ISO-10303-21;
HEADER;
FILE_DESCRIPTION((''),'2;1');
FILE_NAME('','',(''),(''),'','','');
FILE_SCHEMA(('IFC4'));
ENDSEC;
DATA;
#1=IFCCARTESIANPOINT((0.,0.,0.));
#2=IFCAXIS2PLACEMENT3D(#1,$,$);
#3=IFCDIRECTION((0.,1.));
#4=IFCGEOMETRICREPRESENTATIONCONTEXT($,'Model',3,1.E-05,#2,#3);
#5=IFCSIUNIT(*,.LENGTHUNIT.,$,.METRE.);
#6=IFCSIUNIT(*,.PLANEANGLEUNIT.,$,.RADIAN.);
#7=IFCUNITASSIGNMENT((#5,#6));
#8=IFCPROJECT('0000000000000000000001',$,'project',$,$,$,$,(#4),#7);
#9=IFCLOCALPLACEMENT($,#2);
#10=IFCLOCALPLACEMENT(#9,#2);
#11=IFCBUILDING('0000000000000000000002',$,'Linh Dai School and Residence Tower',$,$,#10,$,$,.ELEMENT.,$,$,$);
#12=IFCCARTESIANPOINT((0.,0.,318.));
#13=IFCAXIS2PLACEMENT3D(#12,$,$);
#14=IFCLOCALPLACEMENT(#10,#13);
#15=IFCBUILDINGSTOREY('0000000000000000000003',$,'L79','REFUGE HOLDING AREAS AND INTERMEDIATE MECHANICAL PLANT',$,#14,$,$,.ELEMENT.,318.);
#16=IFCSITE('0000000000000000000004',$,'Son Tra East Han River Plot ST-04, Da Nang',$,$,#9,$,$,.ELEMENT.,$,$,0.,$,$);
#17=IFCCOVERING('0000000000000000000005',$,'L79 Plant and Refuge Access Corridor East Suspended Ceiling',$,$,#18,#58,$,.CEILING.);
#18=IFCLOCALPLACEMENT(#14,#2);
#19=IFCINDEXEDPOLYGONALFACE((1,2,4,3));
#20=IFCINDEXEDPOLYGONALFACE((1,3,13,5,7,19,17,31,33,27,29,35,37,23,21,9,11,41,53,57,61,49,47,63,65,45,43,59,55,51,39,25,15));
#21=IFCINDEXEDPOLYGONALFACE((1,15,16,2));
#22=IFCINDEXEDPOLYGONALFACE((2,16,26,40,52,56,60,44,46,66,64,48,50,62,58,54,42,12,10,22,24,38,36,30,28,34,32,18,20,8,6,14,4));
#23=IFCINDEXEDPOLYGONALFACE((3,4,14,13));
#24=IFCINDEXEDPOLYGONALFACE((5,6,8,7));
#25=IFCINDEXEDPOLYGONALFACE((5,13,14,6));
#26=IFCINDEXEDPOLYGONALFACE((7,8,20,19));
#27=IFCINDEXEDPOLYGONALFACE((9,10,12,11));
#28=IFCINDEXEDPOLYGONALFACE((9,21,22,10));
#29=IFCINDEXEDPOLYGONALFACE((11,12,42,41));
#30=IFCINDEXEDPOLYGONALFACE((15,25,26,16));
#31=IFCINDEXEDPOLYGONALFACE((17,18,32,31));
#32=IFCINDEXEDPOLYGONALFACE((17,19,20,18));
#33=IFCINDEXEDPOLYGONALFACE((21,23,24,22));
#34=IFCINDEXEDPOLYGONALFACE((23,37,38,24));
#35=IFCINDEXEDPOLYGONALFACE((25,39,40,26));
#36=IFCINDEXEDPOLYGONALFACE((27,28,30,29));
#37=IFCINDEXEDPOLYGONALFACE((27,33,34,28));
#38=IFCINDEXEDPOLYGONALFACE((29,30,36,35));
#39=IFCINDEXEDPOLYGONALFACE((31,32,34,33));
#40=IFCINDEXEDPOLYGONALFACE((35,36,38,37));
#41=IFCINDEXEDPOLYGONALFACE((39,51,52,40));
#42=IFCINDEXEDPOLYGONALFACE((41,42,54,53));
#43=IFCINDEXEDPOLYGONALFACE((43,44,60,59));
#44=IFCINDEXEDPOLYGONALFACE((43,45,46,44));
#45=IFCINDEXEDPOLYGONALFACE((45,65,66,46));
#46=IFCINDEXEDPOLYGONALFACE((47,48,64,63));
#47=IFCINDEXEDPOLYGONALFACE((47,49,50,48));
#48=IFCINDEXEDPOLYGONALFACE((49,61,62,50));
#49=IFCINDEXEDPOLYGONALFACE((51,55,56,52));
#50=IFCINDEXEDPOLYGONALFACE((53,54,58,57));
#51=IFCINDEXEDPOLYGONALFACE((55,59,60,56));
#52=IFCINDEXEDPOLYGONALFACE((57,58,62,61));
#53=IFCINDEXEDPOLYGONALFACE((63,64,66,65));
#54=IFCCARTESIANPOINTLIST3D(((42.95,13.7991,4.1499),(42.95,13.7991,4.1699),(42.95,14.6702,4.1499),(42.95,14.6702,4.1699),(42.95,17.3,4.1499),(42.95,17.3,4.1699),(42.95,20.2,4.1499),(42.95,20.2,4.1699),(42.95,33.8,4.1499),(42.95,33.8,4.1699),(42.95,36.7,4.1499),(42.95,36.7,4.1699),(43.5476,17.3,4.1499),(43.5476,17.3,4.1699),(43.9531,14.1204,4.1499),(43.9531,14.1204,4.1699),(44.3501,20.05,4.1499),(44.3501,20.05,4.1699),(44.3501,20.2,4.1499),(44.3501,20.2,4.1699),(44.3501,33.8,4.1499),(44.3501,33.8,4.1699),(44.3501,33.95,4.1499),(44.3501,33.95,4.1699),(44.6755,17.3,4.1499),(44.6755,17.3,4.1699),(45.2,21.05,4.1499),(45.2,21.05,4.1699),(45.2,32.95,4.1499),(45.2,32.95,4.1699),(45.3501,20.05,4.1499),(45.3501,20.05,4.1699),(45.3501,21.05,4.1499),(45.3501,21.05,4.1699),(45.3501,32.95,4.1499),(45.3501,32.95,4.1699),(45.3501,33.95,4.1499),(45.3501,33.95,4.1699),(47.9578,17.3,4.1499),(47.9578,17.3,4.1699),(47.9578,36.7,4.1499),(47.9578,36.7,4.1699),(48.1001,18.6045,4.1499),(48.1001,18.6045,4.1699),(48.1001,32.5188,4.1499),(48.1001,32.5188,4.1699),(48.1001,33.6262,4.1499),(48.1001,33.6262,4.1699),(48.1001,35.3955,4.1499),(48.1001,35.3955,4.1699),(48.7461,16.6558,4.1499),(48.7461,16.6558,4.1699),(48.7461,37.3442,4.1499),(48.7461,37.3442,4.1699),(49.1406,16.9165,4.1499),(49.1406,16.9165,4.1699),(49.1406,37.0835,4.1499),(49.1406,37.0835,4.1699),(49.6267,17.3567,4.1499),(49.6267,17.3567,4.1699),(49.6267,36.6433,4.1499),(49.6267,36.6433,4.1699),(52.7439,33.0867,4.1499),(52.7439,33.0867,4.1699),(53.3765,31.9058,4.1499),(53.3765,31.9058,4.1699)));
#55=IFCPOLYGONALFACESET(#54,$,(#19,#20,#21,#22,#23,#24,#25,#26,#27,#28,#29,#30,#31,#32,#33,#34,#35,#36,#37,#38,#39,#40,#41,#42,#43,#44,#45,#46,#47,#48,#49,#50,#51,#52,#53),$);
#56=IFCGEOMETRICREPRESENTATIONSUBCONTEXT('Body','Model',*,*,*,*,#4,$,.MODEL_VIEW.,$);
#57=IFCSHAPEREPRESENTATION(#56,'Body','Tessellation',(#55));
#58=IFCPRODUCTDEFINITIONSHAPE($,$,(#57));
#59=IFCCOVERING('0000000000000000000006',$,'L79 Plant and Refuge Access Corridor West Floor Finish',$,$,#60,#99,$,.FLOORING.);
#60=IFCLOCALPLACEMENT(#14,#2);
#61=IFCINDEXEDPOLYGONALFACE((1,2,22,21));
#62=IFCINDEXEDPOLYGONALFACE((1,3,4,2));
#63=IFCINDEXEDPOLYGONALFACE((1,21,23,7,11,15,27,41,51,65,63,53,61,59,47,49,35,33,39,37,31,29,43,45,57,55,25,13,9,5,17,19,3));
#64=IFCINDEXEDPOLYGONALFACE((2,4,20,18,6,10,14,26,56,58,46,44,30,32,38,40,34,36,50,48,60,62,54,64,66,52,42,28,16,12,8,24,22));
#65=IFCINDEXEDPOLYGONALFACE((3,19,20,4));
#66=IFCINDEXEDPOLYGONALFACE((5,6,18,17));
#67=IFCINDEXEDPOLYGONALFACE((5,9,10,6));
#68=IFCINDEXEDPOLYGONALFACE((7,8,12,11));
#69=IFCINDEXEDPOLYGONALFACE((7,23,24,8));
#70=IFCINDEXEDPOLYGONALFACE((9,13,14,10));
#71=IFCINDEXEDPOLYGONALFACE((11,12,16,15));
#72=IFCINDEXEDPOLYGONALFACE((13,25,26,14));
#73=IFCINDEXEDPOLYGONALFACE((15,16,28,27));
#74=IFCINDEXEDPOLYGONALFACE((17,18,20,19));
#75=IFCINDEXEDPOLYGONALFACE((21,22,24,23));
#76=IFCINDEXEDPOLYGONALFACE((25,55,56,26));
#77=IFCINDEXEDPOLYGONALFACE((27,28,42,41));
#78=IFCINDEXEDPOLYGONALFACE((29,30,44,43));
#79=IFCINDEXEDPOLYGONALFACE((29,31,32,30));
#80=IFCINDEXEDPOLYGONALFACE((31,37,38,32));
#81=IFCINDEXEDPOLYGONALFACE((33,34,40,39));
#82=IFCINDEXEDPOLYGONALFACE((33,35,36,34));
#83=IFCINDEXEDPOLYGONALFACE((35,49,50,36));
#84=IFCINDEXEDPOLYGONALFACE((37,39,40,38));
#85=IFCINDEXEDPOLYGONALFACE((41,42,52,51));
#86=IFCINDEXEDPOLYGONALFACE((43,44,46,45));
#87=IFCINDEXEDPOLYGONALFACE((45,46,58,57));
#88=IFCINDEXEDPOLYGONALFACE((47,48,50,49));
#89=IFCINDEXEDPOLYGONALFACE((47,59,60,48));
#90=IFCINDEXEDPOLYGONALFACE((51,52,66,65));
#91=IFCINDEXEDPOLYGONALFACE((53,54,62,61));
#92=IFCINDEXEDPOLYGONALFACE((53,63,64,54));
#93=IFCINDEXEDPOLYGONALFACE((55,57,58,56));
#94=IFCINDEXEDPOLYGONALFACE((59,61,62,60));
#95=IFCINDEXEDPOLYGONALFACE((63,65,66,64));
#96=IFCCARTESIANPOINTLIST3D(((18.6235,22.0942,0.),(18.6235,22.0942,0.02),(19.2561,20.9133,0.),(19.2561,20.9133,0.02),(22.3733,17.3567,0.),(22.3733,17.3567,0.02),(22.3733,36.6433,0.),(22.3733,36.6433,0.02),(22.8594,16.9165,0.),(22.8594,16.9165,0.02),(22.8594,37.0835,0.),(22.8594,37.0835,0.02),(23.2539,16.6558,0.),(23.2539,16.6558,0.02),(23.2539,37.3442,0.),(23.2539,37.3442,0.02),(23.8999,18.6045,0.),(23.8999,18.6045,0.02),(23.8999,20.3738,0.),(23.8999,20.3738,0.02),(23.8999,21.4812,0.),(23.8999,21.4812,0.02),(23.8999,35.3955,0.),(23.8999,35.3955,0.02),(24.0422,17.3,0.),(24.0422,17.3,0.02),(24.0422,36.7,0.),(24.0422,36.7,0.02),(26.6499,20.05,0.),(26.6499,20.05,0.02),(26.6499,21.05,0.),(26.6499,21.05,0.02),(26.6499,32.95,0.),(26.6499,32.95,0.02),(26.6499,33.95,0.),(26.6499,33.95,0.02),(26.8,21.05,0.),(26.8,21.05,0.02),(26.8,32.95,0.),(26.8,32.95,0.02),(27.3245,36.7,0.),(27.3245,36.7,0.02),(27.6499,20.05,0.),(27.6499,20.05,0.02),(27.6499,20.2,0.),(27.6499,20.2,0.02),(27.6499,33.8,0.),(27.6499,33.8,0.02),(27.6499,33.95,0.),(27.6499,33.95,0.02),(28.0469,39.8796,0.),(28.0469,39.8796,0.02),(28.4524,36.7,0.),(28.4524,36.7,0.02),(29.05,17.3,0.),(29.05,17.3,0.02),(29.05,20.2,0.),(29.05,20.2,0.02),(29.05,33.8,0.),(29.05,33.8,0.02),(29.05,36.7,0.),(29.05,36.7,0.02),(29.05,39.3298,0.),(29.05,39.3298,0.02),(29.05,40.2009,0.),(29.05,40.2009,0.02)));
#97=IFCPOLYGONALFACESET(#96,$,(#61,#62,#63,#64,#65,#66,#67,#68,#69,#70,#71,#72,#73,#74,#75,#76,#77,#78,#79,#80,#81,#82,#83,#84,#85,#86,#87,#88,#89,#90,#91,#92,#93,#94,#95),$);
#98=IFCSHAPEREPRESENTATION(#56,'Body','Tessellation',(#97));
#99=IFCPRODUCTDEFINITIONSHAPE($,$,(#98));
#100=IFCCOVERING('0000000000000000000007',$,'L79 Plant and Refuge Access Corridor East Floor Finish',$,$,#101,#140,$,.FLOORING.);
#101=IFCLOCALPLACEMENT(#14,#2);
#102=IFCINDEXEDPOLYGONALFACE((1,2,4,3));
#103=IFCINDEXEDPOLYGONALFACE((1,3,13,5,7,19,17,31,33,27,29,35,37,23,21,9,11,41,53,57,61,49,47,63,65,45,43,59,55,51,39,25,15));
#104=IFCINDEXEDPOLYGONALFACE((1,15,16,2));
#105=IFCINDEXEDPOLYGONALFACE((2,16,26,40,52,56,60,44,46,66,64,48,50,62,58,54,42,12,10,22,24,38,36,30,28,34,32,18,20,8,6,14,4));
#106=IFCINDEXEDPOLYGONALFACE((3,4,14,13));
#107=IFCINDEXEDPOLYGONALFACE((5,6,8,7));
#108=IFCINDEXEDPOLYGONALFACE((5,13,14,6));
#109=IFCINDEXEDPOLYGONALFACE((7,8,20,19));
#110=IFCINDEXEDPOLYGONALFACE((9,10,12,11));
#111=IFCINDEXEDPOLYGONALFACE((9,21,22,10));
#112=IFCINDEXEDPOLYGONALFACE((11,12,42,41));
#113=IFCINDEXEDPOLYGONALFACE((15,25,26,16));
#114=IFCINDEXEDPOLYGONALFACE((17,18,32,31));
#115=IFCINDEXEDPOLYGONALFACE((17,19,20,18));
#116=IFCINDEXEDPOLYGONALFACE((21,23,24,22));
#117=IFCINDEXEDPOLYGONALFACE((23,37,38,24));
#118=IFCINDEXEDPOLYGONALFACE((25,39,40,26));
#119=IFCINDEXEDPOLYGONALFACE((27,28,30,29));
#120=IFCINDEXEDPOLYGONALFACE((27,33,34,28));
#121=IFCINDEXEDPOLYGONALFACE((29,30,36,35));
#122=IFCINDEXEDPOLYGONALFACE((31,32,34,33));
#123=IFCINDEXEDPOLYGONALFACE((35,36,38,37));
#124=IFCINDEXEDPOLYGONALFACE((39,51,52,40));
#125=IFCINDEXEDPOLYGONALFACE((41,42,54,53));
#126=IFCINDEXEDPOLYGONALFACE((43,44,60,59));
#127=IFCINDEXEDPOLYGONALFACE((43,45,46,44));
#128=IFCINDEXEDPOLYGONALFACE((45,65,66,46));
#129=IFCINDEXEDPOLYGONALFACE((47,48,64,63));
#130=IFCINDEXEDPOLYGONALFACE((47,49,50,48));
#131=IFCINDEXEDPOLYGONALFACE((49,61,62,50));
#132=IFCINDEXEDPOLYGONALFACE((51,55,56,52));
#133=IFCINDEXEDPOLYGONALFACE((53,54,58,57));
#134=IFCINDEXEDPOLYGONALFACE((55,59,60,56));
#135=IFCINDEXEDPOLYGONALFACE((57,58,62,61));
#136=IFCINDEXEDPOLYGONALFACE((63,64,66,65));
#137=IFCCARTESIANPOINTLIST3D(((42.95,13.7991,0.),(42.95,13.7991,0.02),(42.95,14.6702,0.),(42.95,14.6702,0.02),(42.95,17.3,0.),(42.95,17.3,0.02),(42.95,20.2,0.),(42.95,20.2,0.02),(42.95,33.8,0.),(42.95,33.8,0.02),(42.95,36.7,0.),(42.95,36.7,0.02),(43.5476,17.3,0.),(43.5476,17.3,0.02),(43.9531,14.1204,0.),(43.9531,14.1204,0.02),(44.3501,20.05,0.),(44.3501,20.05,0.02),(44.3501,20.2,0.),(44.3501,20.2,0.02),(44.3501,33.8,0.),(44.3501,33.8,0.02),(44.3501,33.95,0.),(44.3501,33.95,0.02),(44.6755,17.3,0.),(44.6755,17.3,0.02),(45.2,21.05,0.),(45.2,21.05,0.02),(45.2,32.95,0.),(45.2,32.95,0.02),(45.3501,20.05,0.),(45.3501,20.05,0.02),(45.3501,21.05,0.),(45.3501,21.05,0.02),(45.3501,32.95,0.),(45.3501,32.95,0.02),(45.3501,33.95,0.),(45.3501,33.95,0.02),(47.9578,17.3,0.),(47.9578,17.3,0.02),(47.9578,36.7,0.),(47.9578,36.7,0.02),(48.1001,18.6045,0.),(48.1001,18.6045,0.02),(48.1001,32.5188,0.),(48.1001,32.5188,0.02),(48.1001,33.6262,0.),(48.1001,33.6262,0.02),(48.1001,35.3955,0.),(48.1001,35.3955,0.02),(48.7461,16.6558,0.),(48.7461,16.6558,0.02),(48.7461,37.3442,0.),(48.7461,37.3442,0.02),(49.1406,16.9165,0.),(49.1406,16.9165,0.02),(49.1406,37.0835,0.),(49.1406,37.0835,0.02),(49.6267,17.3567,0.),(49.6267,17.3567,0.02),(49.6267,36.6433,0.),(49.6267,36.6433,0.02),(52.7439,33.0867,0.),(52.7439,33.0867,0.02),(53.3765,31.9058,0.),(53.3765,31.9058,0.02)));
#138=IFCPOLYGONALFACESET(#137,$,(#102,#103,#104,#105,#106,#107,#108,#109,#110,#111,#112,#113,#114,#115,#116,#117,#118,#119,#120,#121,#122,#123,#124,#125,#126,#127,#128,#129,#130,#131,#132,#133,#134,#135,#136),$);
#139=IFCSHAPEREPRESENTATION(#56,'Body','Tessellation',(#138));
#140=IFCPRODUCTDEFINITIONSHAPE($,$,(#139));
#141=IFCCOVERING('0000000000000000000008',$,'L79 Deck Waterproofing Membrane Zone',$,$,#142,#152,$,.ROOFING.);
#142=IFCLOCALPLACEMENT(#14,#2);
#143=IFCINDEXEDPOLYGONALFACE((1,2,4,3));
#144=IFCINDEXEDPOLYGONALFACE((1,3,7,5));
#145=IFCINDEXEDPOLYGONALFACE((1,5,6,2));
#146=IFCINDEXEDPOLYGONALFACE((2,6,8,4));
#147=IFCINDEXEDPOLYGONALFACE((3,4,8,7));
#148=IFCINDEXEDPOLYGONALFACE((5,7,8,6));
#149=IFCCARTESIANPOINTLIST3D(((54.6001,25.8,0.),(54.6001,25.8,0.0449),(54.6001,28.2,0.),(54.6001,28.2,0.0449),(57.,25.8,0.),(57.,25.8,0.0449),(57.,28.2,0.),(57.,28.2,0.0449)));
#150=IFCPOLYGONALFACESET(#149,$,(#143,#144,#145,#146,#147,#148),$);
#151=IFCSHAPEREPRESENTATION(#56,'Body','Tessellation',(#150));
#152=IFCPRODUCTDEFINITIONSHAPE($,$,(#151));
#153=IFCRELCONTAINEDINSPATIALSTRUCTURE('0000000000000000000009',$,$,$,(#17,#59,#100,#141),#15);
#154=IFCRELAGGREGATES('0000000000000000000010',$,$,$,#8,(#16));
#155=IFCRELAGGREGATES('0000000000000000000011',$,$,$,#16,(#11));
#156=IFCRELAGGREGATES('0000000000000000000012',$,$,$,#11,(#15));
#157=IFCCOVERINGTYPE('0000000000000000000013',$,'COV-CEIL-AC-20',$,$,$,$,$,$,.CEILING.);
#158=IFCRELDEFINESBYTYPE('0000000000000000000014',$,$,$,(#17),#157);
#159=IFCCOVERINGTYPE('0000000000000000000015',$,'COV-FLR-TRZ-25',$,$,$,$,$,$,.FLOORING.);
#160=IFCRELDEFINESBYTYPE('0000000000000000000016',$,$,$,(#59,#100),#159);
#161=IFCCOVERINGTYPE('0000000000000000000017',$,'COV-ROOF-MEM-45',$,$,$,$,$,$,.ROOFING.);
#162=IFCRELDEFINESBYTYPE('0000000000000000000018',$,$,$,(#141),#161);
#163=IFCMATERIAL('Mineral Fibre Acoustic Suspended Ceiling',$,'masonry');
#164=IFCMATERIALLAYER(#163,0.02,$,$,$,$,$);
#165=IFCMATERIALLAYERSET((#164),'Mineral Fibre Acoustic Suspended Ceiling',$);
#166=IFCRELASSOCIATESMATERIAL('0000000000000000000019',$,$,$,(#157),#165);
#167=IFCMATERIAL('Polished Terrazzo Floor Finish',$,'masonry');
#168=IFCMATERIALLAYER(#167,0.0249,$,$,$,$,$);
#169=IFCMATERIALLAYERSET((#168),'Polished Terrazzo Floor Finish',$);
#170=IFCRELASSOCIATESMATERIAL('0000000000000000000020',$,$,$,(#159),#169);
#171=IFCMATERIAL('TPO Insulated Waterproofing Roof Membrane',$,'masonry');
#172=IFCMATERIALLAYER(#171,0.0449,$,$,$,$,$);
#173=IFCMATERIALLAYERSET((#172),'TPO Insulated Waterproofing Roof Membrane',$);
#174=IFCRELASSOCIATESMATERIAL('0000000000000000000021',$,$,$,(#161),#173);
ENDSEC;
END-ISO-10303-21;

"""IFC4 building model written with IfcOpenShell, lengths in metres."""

from ifc_helpers import new_model, si_unit, direction, frame, origin, place, context, subcontext, project, spatial, polyline, outline, extrude, material, layer, layer_set, type_object, element, save


model = new_model("IFC4")

# Units and contexts
model_context = context("Model", 3, precision=1e-05, world=origin(), true_north=direction((0.0, 1.0)))
body_context = subcontext(model_context, "Body", "Model", "MODEL_VIEW")
ifc_project = project(units=[si_unit("LENGTHUNIT", "METRE"), si_unit("PLANEANGLEUNIT", "RADIAN")], contexts=[model_context])

# Site, building, storey
site_placement = place(None, origin())
site = spatial("IfcSite", under=ifc_project, at=site_placement, Name="Son Tra East Han River Plot ST-04, Da Nang", CompositionType="ELEMENT", RefElevation=0.0)
building_placement = place(site_placement, origin())
building = spatial("IfcBuilding", under=site, at=building_placement, Name="Linh Dai School and Residence Tower", CompositionType="ELEMENT")
storey_placement = place(building_placement, frame((0.0, 0.0, 318.0)))
storey = spatial("IfcBuildingStorey", under=building, at=storey_placement, Name="L79", Description="REFUGE HOLDING AREAS AND INTERMEDIATE MECHANICAL PLANT", CompositionType="ELEMENT", Elevation=318.0)

# Coverings
ifc_material_1 = material(Name="Mineral Fibre Acoustic Suspended Ceiling", Category="masonry")
ifc_layer_1 = layer(ifc_material_1, 0.02)
ifc_layer_set_1 = layer_set([ifc_layer_1], Name="Mineral Fibre Acoustic Suspended Ceiling")
covering_type_1 = type_object("IfcCoveringType", Name="COV-CEIL-AC-20", PredefinedType="CEILING", material=ifc_layer_set_1)
covering_1_placement = place(storey_placement, frame((0.0, 0.0, 4.1499)))
element("IfcCovering", 1, at=covering_1_placement, inside=storey, type_object=covering_type_1, Name="L79 Plant and Refuge Access Corridor East Suspended Ceiling", PredefinedType="CEILING", context=body_context, shape_type="SweptSolid", body=[
    extrude(outline(polyline([(44.6755, 17.3), (43.9531, 14.1204), (42.95, 13.7991), (42.95, 14.6702), (43.5476, 17.3), (42.95, 17.3), (42.95, 20.2), (44.3501, 20.2), (44.3501, 20.05), (45.3501, 20.05), (45.3501, 21.05), (45.2, 21.05), (45.2, 32.95), (45.3501, 32.95), (45.3501, 33.95), (44.3501, 33.95), (44.3501, 33.8), (42.95, 33.8), (42.95, 36.7), (47.9578, 36.7), (48.7461, 37.3442), (49.1406, 37.0835), (49.6267, 36.6433), (48.1001, 35.3955), (48.1001, 33.6262), (52.7439, 33.0867), (53.3765, 31.9058), (48.1001, 32.5188), (48.1001, 18.6045), (49.6267, 17.3567), (49.1406, 16.9165), (48.7461, 16.6558), (47.9578, 17.3), (44.6755, 17.3)])), origin(), (0.0, 0.0, 1.0), 0.02),
])
ifc_material_2 = material(Name="Polished Terrazzo Floor Finish", Category="masonry")
ifc_layer_2 = layer(ifc_material_2, 0.0249)
ifc_layer_set_2 = layer_set([ifc_layer_2], Name="Polished Terrazzo Floor Finish")
covering_type_2 = type_object("IfcCoveringType", Name="COV-FLR-TRZ-25", PredefinedType="FLOORING", material=ifc_layer_set_2)
covering_2_placement = place(storey_placement, origin())
element("IfcCovering", 2, at=covering_2_placement, inside=storey, type_object=covering_type_2, Name="L79 Plant and Refuge Access Corridor West Floor Finish", PredefinedType="FLOORING", context=body_context, shape_type="SweptSolid", body=[
    extrude(outline(polyline([(23.2539, 16.6558), (22.8594, 16.9165), (22.3733, 17.3567), (23.8999, 18.6045), (23.8999, 20.3738), (19.2561, 20.9133), (18.6235, 22.0942), (23.8999, 21.4812), (23.8999, 35.3955), (22.3733, 36.6433), (22.8594, 37.0835), (23.2539, 37.3442), (24.0422, 36.7), (27.3245, 36.7), (28.0469, 39.8796), (29.05, 40.2009), (29.05, 39.3298), (28.4524, 36.7), (29.05, 36.7), (29.05, 33.8), (27.6499, 33.8), (27.6499, 33.95), (26.6499, 33.95), (26.6499, 32.95), (26.8, 32.95), (26.8, 21.05), (26.6499, 21.05), (26.6499, 20.05), (27.6499, 20.05), (27.6499, 20.2), (29.05, 20.2), (29.05, 17.3), (24.0422, 17.3), (23.2539, 16.6558)])), origin(), (0.0, 0.0, 1.0), 0.02),
])
covering_3_placement = place(storey_placement, origin())
element("IfcCovering", 3, at=covering_3_placement, inside=storey, type_object=covering_type_2, Name="L79 Plant and Refuge Access Corridor East Floor Finish", PredefinedType="FLOORING", context=body_context, shape_type="SweptSolid", body=[
    extrude(outline(polyline([(44.6755, 17.3), (43.9531, 14.1204), (42.95, 13.7991), (42.95, 14.6702), (43.5476, 17.3), (42.95, 17.3), (42.95, 20.2), (44.3501, 20.2), (44.3501, 20.05), (45.3501, 20.05), (45.3501, 21.05), (45.2, 21.05), (45.2, 32.95), (45.3501, 32.95), (45.3501, 33.95), (44.3501, 33.95), (44.3501, 33.8), (42.95, 33.8), (42.95, 36.7), (47.9578, 36.7), (48.7461, 37.3442), (49.1406, 37.0835), (49.6267, 36.6433), (48.1001, 35.3955), (48.1001, 33.6262), (52.7439, 33.0867), (53.3765, 31.9058), (48.1001, 32.5188), (48.1001, 18.6045), (49.6267, 17.3567), (49.1406, 16.9165), (48.7461, 16.6558), (47.9578, 17.3), (44.6755, 17.3)])), origin(), (0.0, 0.0, 1.0), 0.02),
])
ifc_material_3 = material(Name="TPO Insulated Waterproofing Roof Membrane", Category="masonry")
ifc_layer_3 = layer(ifc_material_3, 0.0449)
ifc_layer_set_3 = layer_set([ifc_layer_3], Name="TPO Insulated Waterproofing Roof Membrane")
covering_type_3 = type_object("IfcCoveringType", Name="COV-ROOF-MEM-45", PredefinedType="ROOFING", material=ifc_layer_set_3)
covering_4_placement = place(storey_placement, origin())
element("IfcCovering", 4, at=covering_4_placement, inside=storey, type_object=covering_type_3, Name="L79 Deck Waterproofing Membrane Zone", PredefinedType="ROOFING", context=body_context, shape_type="SweptSolid", body=[
    extrude(outline(polyline([(54.6001, 25.8), (57.0, 25.8), (57.0, 28.2), (54.6001, 28.2), (54.6001, 25.8)])), origin(), (0.0, 0.0, 1.0), 0.0449),
])

save(model, "model.ifc")
